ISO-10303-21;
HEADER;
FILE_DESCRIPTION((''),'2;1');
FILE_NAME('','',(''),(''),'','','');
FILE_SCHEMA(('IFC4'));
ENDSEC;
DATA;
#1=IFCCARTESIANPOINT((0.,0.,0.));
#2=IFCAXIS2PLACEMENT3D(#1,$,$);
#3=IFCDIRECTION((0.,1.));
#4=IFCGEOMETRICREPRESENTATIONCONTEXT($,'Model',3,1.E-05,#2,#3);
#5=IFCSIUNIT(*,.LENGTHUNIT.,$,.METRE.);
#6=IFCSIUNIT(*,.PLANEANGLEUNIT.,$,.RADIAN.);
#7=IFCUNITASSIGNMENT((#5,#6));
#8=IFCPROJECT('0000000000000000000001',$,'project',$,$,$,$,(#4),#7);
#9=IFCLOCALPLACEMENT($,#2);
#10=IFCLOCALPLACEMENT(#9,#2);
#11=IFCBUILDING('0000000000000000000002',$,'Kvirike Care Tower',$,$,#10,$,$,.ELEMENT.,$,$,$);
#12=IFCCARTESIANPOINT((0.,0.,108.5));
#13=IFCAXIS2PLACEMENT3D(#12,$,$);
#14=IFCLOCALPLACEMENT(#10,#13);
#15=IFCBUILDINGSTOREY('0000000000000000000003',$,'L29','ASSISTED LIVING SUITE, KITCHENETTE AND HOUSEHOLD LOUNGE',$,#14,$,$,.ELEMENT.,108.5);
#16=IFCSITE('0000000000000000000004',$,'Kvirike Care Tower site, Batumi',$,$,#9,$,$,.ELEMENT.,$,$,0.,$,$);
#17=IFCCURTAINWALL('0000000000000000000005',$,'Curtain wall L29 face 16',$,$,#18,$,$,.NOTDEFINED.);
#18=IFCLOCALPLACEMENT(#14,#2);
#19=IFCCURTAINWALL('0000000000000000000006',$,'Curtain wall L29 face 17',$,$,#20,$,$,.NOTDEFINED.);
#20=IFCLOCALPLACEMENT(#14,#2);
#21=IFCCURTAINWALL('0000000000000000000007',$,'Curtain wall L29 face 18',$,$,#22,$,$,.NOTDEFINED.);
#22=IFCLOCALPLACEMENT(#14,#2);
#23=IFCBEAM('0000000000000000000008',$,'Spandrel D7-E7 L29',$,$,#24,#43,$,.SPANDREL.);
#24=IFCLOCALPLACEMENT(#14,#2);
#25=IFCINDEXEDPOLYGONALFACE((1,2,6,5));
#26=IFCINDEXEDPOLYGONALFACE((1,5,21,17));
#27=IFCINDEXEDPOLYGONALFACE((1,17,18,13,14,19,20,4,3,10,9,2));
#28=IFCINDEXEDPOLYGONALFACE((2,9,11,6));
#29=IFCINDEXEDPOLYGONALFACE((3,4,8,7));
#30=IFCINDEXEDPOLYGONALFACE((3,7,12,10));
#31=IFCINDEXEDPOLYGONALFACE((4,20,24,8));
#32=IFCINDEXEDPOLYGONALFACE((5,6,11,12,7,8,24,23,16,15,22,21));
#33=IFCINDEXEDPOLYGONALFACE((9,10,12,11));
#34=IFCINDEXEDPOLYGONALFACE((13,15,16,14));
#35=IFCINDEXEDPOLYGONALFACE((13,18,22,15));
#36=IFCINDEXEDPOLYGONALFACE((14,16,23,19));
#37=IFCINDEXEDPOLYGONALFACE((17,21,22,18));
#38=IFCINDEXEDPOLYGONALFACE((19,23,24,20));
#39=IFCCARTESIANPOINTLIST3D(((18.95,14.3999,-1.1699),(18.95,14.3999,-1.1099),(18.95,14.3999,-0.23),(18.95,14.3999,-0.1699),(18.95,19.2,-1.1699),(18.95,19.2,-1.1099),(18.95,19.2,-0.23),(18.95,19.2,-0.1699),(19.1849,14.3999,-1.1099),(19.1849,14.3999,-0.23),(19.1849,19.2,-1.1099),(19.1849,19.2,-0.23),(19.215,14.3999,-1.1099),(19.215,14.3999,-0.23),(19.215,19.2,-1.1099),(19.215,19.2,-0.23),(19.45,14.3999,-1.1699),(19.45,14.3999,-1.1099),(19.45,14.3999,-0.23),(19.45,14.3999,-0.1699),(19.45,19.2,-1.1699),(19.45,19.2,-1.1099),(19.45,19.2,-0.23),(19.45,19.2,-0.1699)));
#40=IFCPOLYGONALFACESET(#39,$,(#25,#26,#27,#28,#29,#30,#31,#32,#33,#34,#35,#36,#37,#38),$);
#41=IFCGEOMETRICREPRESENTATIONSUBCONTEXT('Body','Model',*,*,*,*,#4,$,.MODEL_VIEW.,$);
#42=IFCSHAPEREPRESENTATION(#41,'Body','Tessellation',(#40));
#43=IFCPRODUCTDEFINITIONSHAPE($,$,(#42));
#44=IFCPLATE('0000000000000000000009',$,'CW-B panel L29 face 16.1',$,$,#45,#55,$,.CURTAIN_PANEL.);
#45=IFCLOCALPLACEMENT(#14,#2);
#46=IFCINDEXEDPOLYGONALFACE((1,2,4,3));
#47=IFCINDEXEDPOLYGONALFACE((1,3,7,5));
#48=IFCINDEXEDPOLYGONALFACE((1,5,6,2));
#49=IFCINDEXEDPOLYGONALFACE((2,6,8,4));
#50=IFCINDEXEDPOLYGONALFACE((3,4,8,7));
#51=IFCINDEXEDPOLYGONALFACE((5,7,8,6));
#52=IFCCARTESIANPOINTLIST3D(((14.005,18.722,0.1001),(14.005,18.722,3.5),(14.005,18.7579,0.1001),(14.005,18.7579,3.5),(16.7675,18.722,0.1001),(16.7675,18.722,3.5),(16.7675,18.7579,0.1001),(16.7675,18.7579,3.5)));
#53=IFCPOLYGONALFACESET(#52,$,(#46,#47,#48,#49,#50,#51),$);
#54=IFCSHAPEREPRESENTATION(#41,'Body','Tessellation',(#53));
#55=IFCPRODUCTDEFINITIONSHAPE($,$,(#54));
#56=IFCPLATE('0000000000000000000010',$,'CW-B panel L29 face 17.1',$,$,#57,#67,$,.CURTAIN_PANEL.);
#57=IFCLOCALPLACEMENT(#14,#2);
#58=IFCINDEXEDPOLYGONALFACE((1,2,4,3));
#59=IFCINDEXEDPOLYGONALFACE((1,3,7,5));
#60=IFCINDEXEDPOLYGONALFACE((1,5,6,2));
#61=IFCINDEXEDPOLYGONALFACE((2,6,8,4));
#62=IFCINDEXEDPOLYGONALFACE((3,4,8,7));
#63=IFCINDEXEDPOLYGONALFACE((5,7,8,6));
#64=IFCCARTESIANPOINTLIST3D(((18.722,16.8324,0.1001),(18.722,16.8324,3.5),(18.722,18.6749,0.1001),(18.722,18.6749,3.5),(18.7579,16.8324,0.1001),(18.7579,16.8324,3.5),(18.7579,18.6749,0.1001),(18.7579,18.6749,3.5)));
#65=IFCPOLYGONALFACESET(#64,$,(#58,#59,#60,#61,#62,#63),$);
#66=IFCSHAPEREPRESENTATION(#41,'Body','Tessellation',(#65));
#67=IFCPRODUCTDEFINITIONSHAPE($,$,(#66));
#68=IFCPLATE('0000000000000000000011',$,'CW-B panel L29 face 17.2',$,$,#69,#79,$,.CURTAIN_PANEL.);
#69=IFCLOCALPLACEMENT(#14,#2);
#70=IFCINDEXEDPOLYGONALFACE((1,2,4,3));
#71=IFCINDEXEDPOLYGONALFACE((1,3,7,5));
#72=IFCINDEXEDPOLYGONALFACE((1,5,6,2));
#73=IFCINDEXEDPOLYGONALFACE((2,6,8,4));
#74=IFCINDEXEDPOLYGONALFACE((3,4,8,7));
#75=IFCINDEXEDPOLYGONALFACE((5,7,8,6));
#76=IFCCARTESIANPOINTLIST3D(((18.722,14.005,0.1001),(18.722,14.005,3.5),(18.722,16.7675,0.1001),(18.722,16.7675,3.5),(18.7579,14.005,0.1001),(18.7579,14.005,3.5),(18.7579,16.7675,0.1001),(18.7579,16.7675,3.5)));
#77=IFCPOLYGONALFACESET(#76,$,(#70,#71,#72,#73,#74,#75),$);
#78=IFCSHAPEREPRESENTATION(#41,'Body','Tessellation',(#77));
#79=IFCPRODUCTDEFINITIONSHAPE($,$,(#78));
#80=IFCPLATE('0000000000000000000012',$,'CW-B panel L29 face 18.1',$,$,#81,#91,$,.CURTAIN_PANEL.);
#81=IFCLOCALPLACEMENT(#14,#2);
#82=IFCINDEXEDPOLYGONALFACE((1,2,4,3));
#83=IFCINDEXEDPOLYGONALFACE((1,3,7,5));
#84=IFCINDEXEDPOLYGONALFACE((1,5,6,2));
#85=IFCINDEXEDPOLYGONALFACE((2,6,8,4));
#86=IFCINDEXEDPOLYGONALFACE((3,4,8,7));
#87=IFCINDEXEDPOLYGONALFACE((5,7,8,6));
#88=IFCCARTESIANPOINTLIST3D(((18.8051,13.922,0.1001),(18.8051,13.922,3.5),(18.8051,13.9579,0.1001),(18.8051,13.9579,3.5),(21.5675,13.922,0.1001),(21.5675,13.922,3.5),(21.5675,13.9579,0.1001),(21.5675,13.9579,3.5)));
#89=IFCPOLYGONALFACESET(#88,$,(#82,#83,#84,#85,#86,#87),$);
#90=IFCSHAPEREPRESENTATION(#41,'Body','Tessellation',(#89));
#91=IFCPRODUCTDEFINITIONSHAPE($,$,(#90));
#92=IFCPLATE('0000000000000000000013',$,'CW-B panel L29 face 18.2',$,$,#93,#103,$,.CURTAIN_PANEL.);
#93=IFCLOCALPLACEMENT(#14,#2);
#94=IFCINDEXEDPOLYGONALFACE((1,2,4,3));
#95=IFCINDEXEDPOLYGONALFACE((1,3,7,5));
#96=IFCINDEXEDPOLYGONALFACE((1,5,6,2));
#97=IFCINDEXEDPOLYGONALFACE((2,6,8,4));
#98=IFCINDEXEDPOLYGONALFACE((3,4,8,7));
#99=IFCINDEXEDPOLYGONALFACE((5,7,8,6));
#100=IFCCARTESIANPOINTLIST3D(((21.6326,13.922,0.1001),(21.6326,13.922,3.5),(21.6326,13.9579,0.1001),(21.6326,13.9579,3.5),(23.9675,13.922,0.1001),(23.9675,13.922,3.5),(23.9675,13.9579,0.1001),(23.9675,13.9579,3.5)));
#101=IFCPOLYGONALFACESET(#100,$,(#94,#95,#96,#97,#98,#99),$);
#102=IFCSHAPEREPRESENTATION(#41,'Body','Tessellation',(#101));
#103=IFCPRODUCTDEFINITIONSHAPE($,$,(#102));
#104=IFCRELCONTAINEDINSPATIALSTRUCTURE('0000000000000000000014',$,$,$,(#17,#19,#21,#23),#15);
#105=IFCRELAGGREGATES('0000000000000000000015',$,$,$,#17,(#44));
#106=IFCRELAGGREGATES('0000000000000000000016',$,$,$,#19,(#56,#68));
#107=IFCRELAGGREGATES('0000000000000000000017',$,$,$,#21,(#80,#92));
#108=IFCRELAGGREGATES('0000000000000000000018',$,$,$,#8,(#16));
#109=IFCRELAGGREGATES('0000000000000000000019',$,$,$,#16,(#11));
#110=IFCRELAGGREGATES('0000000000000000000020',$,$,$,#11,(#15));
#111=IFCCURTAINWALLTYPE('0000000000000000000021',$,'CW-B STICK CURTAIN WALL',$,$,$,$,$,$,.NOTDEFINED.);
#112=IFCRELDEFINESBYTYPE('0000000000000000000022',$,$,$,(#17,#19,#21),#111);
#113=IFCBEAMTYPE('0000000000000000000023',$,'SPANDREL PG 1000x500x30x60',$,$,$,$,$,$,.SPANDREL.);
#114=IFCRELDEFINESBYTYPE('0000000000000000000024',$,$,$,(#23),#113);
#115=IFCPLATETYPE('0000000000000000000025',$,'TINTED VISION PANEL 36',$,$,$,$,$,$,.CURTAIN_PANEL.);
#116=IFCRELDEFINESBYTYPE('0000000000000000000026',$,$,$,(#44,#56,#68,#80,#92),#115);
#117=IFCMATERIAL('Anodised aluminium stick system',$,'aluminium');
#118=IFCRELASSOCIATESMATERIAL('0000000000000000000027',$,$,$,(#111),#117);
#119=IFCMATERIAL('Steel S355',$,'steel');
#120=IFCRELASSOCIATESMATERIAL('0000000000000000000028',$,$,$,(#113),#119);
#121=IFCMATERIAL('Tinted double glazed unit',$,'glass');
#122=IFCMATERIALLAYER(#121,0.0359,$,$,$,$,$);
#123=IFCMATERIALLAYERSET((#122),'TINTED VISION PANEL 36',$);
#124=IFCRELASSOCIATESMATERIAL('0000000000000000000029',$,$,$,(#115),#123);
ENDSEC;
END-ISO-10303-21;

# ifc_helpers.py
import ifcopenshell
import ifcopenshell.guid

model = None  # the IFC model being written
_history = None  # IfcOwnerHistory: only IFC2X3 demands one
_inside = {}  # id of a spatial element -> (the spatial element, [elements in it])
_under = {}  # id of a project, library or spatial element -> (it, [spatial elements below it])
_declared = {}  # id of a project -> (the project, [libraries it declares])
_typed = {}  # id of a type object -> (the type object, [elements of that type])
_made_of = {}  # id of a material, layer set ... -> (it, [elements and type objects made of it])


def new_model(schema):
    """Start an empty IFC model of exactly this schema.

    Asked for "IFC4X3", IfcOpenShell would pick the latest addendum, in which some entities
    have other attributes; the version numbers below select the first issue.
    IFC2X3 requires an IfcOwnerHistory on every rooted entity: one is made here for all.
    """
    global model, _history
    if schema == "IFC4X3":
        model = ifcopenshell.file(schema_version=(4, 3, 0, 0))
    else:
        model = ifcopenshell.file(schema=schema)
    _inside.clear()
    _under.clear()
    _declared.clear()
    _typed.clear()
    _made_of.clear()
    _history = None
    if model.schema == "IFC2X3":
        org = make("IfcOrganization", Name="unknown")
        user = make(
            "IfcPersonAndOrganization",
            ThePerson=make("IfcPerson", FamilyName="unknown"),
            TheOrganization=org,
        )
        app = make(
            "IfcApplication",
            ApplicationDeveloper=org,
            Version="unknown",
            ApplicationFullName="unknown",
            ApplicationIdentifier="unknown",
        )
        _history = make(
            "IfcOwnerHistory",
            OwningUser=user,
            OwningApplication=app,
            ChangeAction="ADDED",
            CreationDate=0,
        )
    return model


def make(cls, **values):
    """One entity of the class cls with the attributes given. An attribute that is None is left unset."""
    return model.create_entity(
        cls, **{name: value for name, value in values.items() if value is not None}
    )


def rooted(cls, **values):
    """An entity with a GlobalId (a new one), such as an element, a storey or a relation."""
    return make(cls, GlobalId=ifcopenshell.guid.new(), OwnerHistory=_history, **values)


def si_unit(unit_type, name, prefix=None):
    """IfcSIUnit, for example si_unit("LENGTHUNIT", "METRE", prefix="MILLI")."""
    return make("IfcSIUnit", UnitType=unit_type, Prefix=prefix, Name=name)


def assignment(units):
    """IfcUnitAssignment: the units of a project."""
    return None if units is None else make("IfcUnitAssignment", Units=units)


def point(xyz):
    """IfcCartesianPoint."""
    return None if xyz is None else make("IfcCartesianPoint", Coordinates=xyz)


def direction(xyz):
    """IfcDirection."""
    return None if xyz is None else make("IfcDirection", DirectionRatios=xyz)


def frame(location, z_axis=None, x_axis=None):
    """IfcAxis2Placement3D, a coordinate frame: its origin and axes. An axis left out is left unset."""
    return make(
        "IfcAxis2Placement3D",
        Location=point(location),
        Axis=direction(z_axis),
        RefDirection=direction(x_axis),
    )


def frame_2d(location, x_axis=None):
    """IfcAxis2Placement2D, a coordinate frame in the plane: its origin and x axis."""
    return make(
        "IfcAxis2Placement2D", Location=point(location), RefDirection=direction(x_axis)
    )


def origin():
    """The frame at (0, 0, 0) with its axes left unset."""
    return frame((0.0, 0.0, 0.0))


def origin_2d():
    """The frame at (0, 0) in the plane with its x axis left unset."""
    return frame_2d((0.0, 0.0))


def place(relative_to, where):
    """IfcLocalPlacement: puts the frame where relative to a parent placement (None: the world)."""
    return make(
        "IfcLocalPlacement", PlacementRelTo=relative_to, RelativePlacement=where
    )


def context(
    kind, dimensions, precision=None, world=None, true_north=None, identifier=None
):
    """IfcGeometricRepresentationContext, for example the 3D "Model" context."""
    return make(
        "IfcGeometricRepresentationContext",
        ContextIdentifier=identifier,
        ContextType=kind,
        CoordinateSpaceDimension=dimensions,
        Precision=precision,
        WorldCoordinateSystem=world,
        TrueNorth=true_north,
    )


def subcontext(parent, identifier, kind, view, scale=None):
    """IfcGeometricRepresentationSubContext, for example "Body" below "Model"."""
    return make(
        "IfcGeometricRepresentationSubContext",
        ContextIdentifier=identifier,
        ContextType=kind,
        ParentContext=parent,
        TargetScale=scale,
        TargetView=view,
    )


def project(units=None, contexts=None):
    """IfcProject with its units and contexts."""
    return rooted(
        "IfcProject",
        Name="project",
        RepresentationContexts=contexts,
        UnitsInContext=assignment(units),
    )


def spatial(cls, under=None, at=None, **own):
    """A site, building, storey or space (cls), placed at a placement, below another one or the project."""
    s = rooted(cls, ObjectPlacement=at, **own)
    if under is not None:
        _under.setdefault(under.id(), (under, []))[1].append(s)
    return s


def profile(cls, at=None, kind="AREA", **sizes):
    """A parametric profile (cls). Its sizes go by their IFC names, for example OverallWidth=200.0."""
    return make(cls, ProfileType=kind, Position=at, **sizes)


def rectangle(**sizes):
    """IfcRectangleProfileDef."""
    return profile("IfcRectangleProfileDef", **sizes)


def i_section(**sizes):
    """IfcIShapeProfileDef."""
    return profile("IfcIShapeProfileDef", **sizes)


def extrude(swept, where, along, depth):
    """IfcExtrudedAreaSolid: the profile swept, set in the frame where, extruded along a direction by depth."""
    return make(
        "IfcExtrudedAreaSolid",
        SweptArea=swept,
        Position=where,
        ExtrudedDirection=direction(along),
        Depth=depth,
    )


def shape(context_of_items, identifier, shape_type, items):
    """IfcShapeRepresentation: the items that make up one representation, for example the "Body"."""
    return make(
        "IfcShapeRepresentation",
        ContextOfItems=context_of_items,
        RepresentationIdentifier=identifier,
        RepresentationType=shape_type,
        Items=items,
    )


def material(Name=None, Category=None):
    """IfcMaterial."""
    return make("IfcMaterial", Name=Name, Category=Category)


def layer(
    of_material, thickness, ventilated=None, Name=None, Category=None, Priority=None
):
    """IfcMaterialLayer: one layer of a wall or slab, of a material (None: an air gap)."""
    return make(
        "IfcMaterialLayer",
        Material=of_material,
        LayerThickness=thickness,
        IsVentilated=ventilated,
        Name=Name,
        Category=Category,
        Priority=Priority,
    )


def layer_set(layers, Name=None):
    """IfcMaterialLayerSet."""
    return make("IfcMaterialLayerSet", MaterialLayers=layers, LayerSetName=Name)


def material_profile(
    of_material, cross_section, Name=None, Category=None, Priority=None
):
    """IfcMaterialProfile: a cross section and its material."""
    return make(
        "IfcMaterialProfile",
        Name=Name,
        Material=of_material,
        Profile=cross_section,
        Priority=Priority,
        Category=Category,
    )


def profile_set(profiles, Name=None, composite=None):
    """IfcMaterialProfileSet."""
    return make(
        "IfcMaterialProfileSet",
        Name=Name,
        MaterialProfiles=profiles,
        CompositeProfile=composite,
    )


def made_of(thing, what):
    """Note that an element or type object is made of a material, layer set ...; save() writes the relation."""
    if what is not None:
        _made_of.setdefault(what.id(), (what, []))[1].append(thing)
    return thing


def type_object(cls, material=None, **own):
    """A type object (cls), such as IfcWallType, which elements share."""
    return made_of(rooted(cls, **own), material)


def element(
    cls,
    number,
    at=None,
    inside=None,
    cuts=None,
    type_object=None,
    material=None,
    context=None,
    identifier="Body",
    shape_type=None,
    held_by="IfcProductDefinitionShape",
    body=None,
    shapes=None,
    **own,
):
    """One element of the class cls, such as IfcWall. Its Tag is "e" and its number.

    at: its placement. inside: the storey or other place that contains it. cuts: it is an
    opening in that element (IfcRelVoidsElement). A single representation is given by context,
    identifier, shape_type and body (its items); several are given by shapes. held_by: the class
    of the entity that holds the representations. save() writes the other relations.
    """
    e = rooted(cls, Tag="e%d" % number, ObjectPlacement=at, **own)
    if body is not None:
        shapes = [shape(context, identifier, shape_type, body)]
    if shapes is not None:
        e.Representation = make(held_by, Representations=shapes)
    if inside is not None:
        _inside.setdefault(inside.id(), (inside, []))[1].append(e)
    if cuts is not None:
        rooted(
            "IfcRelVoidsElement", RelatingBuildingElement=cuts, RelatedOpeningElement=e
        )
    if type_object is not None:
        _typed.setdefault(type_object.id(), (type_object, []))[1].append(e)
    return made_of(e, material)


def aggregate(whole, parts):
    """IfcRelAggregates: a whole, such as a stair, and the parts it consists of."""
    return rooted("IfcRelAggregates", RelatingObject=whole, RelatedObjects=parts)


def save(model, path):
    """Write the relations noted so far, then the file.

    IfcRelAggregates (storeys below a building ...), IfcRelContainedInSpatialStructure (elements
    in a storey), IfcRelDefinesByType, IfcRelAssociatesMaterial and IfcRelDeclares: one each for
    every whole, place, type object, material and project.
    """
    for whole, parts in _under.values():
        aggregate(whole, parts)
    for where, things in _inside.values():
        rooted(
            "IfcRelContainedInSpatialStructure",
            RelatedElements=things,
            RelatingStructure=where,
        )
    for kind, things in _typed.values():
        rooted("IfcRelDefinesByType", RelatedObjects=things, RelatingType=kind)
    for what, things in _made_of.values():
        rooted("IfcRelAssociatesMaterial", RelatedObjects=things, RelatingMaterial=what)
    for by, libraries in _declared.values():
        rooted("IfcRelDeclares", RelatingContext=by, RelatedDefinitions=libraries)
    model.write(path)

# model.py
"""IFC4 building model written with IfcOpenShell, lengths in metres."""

from ifc_helpers import new_model, si_unit, direction, frame, origin, origin_2d, place, context, subcontext, project, spatial, rectangle, i_section, extrude, material, layer, layer_set, material_profile, profile_set, type_object, element, aggregate, save


model = new_model("IFC4")

# Units and contexts
model_context = context("Model", 3, precision=1e-05, world=origin(), true_north=direction((0.0, 1.0)))
body_context = subcontext(model_context, "Body", "Model", "MODEL_VIEW")
ifc_project = project(units=[si_unit("LENGTHUNIT", "METRE"), si_unit("PLANEANGLEUNIT", "RADIAN")], contexts=[model_context])

# Site, building, storey
site_placement = place(None, origin())
site = spatial("IfcSite", under=ifc_project, at=site_placement, Name="Kvirike Care Tower site, Batumi", CompositionType="ELEMENT", RefElevation=0.0)
building_placement = place(site_placement, origin())
building = spatial("IfcBuilding", under=site, at=building_placement, Name="Kvirike Care Tower", CompositionType="ELEMENT")
storey_placement = place(building_placement, frame((0.0, 0.0, 108.5)))
storey = spatial("IfcBuildingStorey", under=building, at=storey_placement, Name="L29", Description="ASSISTED LIVING SUITE, KITCHENETTE AND HOUSEHOLD LOUNGE", CompositionType="ELEMENT", Elevation=108.5)

# Curtain wall
ifc_material_1 = material(Name="Anodised aluminium stick system", Category="aluminium")
curtain_wall_type = type_object("IfcCurtainWallType", Name="CW-B STICK CURTAIN WALL", PredefinedType="NOTDEFINED", material=ifc_material_1)
curtain_wall_1_placement = place(storey_placement, origin())
curtain_wall_1 = element("IfcCurtainWall", 1, at=curtain_wall_1_placement, inside=storey, type_object=curtain_wall_type, Name="Curtain wall L29 face 16", PredefinedType="NOTDEFINED")

# Curtain walls
curtain_wall_2_placement = place(storey_placement, origin())
curtain_wall_2 = element("IfcCurtainWall", 2, at=curtain_wall_2_placement, inside=storey, type_object=curtain_wall_type, Name="Curtain wall L29 face 17", PredefinedType="NOTDEFINED")
curtain_wall_3_placement = place(storey_placement, origin())
curtain_wall_3 = element("IfcCurtainWall", 3, at=curtain_wall_3_placement, inside=storey, type_object=curtain_wall_type, Name="Curtain wall L29 face 18", PredefinedType="NOTDEFINED")

# Beam
ifc_material_2 = material(Name="Steel S355", Category="steel")
ifc_material_profile_1 = material_profile(ifc_material_2, i_section(OverallWidth=0.5, OverallDepth=1.0, WebThickness=0.03, FlangeThickness=0.0601, at=origin_2d()), Name="PG 1000x500x30x60")
ifc_profile_set_1 = profile_set([ifc_material_profile_1], Name="Steel S355")
beam_type = type_object("IfcBeamType", Name="SPANDREL PG 1000x500x30x60", PredefinedType="SPANDREL", material=ifc_profile_set_1)
for number, where, z_axis, x_axis, name in (
    (4, (19.2, 14.3999, -0.6699), (0.0, 1.0, 0.0), (-1.0, 0.0, 0.0), "Spandrel D7-E7 L29"),
):
    element("IfcBeam", number, at=place(storey_placement, frame(where, z_axis=z_axis, x_axis=x_axis)), inside=storey, type_object=beam_type, Name=name, PredefinedType="SPANDREL", context=body_context, shape_type="SweptSolid", body=[
        extrude(i_section(OverallWidth=0.5, OverallDepth=1.0, WebThickness=0.03, FlangeThickness=0.0601, at=origin_2d()), origin(), (0.0, 0.0, 1.0), 4.8),
    ])

# Plates
ifc_material_3 = material(Name="Tinted double glazed unit", Category="glass")
ifc_layer = layer(ifc_material_3, 0.0359)
ifc_layer_set = layer_set([ifc_layer], Name="TINTED VISION PANEL 36")
plate_type = type_object("IfcPlateType", Name="TINTED VISION PANEL 36", PredefinedType="CURTAIN_PANEL", material=ifc_layer_set)
plate_1_placement = place(storey_placement, frame((15.3862, 18.74, 0.1001), z_axis=(0.0, 0.0, 1.0), x_axis=(1.0, 0.0, 0.0)))
plate_1 = element("IfcPlate", 5, at=plate_1_placement, type_object=plate_type, Name="CW-B panel L29 face 16.1", PredefinedType="CURTAIN_PANEL", context=body_context, shape_type="SweptSolid", body=[
    extrude(rectangle(XDim=2.7625, YDim=0.0359, at=origin_2d()), origin(), (0.0, 0.0, 1.0), 3.3999),
])
aggregate(curtain_wall_1, [plate_1])
plate_2_placement = place(storey_placement, frame((18.74, 17.7537, 0.1001), z_axis=(0.0, 0.0, 1.0), x_axis=(0.0, -1.0, 0.0)))
plate_2 = element("IfcPlate", 6, at=plate_2_placement, type_object=plate_type, Name="CW-B panel L29 face 17.1", PredefinedType="CURTAIN_PANEL", context=body_context, shape_type="SweptSolid", body=[
    extrude(rectangle(XDim=1.8425, YDim=0.0359, at=origin_2d()), origin(), (0.0, 0.0, 1.0), 3.3999),
])
plate_3_placement = place(storey_placement, frame((18.74, 15.3862, 0.1001), z_axis=(0.0, 0.0, 1.0), x_axis=(0.0, -1.0, 0.0)))
plate_3 = element("IfcPlate", 7, at=plate_3_placement, type_object=plate_type, Name="CW-B panel L29 face 17.2", PredefinedType="CURTAIN_PANEL", context=body_context, shape_type="SweptSolid", body=[
    extrude(rectangle(XDim=2.7625, YDim=0.0359, at=origin_2d()), origin(), (0.0, 0.0, 1.0), 3.3999),
])
aggregate(curtain_wall_2, [plate_2, plate_3])
plate_4_placement = place(storey_placement, frame((20.1863, 13.9399, 0.1001), z_axis=(0.0, 0.0, 1.0), x_axis=(1.0, 0.0, 0.0)))
plate_4 = element("IfcPlate", 8, at=plate_4_placement, type_object=plate_type, Name="CW-B panel L29 face 18.1", PredefinedType="CURTAIN_PANEL", context=body_context, shape_type="SweptSolid", body=[
    extrude(rectangle(XDim=2.7625, YDim=0.0359, at=origin_2d()), origin(), (0.0, 0.0, 1.0), 3.3999),
])
plate_5_placement = place(storey_placement, frame((22.8, 13.9399, 0.1001), z_axis=(0.0, 0.0, 1.0), x_axis=(1.0, 0.0, 0.0)))
plate_5 = element("IfcPlate", 9, at=plate_5_placement, type_object=plate_type, Name="CW-B panel L29 face 18.2", PredefinedType="CURTAIN_PANEL", context=body_context, shape_type="SweptSolid", body=[
    extrude(rectangle(XDim=2.335, YDim=0.0359, at=origin_2d()), origin(), (0.0, 0.0, 1.0), 3.3999),
])
aggregate(curtain_wall_3, [plate_4, plate_5])

save(model, "model.ifc")
